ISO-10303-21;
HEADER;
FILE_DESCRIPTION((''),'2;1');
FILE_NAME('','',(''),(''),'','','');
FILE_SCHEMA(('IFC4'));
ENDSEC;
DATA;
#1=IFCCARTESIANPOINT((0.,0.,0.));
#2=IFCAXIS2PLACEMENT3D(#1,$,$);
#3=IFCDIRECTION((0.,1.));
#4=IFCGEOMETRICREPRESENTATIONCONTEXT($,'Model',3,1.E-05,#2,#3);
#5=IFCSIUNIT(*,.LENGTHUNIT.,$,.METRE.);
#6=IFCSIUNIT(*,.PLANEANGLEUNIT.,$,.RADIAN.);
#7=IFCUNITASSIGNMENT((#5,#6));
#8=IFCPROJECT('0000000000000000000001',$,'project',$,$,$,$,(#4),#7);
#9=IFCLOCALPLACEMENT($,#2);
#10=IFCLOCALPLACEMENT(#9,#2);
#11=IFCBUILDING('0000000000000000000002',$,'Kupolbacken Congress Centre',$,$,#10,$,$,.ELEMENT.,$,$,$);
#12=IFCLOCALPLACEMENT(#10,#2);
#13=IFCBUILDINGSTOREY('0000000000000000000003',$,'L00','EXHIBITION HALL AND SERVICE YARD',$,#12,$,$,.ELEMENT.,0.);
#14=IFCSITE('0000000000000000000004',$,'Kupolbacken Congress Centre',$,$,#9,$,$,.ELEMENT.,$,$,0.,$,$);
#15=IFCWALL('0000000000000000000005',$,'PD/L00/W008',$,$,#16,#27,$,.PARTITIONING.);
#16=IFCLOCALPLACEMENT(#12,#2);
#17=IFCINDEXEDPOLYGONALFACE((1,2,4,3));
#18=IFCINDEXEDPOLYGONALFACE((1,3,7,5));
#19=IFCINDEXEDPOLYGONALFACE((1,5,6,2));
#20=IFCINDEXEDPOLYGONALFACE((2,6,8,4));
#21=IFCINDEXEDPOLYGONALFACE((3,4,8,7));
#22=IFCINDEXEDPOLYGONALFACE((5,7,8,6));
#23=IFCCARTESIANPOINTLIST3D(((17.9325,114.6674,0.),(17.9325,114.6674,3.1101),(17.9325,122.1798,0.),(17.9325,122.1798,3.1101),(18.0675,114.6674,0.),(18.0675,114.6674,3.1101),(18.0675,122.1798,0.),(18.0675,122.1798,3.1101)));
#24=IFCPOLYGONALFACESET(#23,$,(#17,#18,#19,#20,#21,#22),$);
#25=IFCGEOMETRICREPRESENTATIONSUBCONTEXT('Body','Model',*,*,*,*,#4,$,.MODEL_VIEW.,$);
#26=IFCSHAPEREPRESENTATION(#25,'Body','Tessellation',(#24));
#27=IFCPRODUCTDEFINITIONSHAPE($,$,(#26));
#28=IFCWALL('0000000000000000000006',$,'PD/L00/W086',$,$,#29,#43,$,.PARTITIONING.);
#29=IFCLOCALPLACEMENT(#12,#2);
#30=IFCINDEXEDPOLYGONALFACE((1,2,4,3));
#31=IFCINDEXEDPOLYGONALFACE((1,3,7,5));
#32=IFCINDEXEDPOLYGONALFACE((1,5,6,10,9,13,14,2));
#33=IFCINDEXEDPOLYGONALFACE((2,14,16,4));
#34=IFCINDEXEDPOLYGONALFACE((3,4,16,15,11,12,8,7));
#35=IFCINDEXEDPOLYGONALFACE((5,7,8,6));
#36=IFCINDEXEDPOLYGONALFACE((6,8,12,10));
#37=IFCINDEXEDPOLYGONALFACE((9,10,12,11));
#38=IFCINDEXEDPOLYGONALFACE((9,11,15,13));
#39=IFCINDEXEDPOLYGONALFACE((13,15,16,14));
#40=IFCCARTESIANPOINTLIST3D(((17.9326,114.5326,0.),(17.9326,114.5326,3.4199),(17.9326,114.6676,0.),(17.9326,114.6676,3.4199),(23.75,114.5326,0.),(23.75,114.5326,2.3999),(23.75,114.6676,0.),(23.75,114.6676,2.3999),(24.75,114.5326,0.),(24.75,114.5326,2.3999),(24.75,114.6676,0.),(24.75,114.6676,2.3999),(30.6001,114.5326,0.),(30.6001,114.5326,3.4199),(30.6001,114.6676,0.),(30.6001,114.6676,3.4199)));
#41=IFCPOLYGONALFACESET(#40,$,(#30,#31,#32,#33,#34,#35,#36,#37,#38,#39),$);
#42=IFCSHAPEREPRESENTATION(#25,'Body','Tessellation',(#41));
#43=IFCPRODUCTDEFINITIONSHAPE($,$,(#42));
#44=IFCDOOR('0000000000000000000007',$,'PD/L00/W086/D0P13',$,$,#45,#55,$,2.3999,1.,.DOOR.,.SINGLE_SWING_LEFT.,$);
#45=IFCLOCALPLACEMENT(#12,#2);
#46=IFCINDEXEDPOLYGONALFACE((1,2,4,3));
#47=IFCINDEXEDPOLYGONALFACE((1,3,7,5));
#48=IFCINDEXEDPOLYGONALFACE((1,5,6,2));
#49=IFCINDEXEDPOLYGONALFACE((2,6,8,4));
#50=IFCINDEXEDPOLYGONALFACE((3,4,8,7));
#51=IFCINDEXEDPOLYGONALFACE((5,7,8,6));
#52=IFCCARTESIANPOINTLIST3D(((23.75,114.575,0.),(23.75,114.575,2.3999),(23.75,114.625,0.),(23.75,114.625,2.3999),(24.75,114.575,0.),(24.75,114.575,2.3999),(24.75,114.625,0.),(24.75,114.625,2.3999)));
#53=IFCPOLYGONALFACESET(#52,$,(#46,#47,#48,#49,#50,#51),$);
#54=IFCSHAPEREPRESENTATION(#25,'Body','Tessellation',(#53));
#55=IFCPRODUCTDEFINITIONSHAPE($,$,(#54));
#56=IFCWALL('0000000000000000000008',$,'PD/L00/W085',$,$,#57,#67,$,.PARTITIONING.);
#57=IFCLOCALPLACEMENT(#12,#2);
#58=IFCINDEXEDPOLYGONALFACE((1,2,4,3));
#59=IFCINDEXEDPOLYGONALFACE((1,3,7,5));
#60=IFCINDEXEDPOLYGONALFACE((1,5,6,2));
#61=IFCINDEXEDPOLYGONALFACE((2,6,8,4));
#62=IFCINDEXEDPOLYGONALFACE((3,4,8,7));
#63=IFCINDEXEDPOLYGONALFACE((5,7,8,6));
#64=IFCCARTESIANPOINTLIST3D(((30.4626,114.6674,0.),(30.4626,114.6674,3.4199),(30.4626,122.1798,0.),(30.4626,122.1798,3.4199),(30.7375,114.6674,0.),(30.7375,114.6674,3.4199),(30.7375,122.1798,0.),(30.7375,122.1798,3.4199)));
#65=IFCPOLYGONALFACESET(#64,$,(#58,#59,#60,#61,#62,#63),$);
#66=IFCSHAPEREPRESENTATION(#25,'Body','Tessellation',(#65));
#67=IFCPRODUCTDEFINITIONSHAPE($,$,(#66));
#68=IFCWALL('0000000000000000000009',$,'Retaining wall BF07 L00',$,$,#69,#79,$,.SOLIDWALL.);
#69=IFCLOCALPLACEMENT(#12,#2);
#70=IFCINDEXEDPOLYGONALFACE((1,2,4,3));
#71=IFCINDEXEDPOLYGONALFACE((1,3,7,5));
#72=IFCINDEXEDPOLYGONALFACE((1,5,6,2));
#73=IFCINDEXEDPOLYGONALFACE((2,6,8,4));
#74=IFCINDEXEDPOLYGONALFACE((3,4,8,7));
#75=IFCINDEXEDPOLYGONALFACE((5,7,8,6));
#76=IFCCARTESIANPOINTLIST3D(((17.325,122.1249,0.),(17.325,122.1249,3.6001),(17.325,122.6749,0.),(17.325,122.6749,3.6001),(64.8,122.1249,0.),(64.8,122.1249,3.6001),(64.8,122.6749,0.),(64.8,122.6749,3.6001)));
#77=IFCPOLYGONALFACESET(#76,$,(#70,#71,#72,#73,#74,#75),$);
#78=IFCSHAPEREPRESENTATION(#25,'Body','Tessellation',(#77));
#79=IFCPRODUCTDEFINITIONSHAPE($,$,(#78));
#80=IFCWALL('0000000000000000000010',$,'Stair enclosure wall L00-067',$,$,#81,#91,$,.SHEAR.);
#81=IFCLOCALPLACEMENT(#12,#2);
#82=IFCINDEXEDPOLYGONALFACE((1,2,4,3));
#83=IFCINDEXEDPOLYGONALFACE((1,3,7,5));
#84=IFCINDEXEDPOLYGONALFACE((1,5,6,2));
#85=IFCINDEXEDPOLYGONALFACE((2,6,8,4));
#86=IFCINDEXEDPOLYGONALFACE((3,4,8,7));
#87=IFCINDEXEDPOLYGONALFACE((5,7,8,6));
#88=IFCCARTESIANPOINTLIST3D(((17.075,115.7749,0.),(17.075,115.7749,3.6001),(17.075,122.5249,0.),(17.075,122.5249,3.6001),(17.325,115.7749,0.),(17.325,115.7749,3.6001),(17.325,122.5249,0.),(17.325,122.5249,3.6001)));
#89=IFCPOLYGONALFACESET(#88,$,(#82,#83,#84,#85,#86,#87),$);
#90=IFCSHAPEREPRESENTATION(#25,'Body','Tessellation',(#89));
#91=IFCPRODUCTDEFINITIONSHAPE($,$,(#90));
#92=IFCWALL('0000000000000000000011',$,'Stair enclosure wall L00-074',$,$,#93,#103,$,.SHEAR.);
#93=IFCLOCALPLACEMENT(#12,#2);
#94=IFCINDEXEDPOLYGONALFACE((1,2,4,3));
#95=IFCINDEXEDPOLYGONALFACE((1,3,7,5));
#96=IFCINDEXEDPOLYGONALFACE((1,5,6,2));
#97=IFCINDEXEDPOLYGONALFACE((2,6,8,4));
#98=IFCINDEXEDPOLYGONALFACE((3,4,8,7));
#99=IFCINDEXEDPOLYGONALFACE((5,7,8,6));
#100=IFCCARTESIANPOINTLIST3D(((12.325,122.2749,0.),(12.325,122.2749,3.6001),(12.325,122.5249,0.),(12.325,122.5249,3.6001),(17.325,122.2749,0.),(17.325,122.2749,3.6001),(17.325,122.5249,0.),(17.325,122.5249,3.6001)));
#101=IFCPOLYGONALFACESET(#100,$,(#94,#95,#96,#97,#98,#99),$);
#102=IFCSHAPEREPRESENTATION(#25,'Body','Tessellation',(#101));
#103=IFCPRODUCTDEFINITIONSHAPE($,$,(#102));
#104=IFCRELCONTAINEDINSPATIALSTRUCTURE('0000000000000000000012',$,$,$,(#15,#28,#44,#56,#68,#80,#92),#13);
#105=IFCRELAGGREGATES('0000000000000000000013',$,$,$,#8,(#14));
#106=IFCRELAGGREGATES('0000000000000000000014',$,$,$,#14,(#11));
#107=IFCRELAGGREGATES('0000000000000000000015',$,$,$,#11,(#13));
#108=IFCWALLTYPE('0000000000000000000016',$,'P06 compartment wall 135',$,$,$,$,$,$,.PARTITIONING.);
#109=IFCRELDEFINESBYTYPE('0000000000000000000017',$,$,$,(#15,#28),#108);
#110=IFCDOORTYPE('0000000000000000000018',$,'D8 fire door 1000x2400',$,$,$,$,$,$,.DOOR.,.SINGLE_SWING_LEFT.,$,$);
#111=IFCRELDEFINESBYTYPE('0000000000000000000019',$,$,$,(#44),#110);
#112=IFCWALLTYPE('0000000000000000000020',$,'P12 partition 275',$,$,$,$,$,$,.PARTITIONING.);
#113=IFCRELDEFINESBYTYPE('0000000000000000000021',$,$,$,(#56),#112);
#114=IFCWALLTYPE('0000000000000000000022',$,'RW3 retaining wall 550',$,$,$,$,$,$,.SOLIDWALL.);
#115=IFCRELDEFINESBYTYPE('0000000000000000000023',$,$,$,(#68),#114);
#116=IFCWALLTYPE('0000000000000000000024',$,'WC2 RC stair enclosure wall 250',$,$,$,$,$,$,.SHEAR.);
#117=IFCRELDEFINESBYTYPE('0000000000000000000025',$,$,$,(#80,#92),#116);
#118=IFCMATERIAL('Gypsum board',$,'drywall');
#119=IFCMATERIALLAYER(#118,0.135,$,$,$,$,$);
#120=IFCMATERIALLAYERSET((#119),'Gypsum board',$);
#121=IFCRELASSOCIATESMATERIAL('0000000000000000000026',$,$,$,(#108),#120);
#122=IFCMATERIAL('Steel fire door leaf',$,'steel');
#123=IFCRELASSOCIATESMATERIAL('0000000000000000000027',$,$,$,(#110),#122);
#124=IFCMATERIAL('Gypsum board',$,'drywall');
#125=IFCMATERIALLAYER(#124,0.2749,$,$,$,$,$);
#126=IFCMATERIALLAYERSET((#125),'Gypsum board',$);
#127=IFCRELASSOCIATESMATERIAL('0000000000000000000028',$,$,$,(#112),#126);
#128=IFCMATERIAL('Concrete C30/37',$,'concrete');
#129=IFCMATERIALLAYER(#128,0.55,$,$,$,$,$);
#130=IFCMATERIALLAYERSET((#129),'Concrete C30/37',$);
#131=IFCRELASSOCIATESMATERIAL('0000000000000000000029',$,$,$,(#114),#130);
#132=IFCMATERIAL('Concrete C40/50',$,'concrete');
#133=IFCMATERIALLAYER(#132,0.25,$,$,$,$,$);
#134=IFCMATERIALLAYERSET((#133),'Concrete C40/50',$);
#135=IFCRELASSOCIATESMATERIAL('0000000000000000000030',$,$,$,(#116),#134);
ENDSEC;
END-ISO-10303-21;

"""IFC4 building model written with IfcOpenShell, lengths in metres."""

from ifc_helpers import new_model, si_unit, direction, frame, frame_2d, origin, place, context, subcontext, project, spatial, rectangle, extrude, material, layer, layer_set, type_object, element, fill, save


model = new_model("IFC4")

# Units and contexts
model_context = context("Model", 3, precision=1e-05, world=origin(), true_north=direction((0.0, 1.0)))
body_context = subcontext(model_context, "Body", "Model", "MODEL_VIEW")
ifc_project = project(units=[si_unit("LENGTHUNIT", "METRE"), si_unit("PLANEANGLEUNIT", "RADIAN")], contexts=[model_context])

# Site, building, storey
site_placement = place(None, origin())
site = spatial("IfcSite", under=ifc_project, at=site_placement, Name="Kupolbacken Congress Centre", CompositionType="ELEMENT", RefElevation=0.0)
building_placement = place(site_placement, origin())
building = spatial("IfcBuilding", under=site, at=building_placement, Name="Kupolbacken Congress Centre", CompositionType="ELEMENT")
storey_placement = place(building_placement, origin())
storey = spatial("IfcBuildingStorey", under=building, at=storey_placement, Name="L00", Description="EXHIBITION HALL AND SERVICE YARD", CompositionType="ELEMENT", Elevation=0.0)

# Wall
ifc_material_1 = material(Name="Gypsum board", Category="drywall")
ifc_layer_1 = layer(ifc_material_1, 0.135)
ifc_layer_set_1 = layer_set([ifc_layer_1], Name="Gypsum board")
wall_type_1 = type_object("IfcWallType", Name="P06 compartment wall 135", PredefinedType="PARTITIONING", material=ifc_layer_set_1)
wall_1_placement = place(storey_placement, frame((18.0, 122.1799, 0.0), z_axis=(0.0, 0.0, 1.0), x_axis=(0.0, -1.0, 0.0)))
element("IfcWall", 1, at=wall_1_placement, inside=storey, type_object=wall_type_1, Name="PD/L00/W008", PredefinedType="PARTITIONING", context=body_context, shape_type="SweptSolid", body=[
    extrude(rectangle(XDim=7.5125, YDim=0.135, at=frame_2d((3.7563, 0.0))), origin(), (0.0, 0.0, 1.0), 3.1101),
])

# Wall, opening, door
wall_2_placement = place(storey_placement, frame((30.6001, 114.6001, 0.0), z_axis=(0.0, 0.0, 1.0), x_axis=(-1.0, 0.0, 0.0)))
wall_2 = element("IfcWall", 2, at=wall_2_placement, inside=storey, type_object=wall_type_1, Name="PD/L00/W086", PredefinedType="PARTITIONING", context=body_context, shape_type="SweptSolid", body=[
    extrude(rectangle(XDim=12.6675, YDim=0.135, at=frame_2d((6.3337, 0.0))), origin(), (0.0, 0.0, 1.0), 3.4199),
])
opening_placement = place(wall_2_placement, frame((5.8501, 0.0, 0.0)))
opening = element("IfcOpeningElement", 3, at=opening_placement, cuts=wall_2, PredefinedType="OPENING", context=body_context, shape_type="SweptSolid", body=[
    extrude(rectangle(XDim=1.0, YDim=2.3999, at=frame_2d((0.5, 1.2))), frame((0.0, 0.0774, 0.0), z_axis=(0.0, -1.0, 0.0), x_axis=(1.0, 0.0, 0.0)), (0.0, 0.0, 1.0), 0.155),
])
ifc_material_2 = material(Name="Steel fire door leaf", Category="steel")
door_type = type_object("IfcDoorType", Name="D8 fire door 1000x2400", OperationType="SINGLE_SWING_LEFT", PredefinedType="DOOR", material=ifc_material_2)
door_placement = place(opening_placement, frame((1.0, 0.0, 0.0), z_axis=(0.0, 0.0, 1.0), x_axis=(-1.0, 0.0, 0.0)))
door = element("IfcDoor", 4, at=door_placement, inside=storey, type_object=door_type, Name="PD/L00/W086/D0P13", OperationType="SINGLE_SWING_LEFT", OverallHeight=2.3999, OverallWidth=1.0, PredefinedType="DOOR", context=body_context, shape_type="SweptSolid", body=[
    extrude(rectangle(XDim=1.0, YDim=2.3999, at=frame_2d((0.5, 1.2))), frame((0.0, 0.0249, 0.0), z_axis=(0.0, -1.0, 0.0), x_axis=(1.0, 0.0, 0.0)), (0.0, 0.0, 1.0), 0.05),
])
fill(opening, door)

# Walls
ifc_material_3 = material(Name="Gypsum board", Category="drywall")
ifc_layer_2 = layer(ifc_material_3, 0.2749)
ifc_layer_set_2 = layer_set([ifc_layer_2], Name="Gypsum board")
wall_type_2 = type_object("IfcWallType", Name="P12 partition 275", PredefinedType="PARTITIONING", material=ifc_layer_set_2)
wall_3_placement = place(storey_placement, frame((30.6001, 122.1799, 0.0), z_axis=(0.0, 0.0, 1.0), x_axis=(0.0, -1.0, 0.0)))
element("IfcWall", 5, at=wall_3_placement, inside=storey, type_object=wall_type_2, Name="PD/L00/W085", PredefinedType="PARTITIONING", context=body_context, shape_type="SweptSolid", body=[
    extrude(rectangle(XDim=7.5125, YDim=0.2749, at=frame_2d((3.7563, 0.0))), origin(), (0.0, 0.0, 1.0), 3.4199),
])
ifc_material_4 = material(Name="Concrete C30/37", Category="concrete")
ifc_layer_3 = layer(ifc_material_4, 0.55)
ifc_layer_set_3 = layer_set([ifc_layer_3], Name="Concrete C30/37")
wall_type_3 = type_object("IfcWallType", Name="RW3 retaining wall 550", PredefinedType="SOLIDWALL", material=ifc_layer_set_3)
wall_4_placement = place(storey_placement, frame((17.325, 122.3999, 0.0), z_axis=(0.0, 0.0, 1.0), x_axis=(1.0, 0.0, 0.0)))
element("IfcWall", 6, at=wall_4_placement, inside=storey, type_object=wall_type_3, Name="Retaining wall BF07 L00", PredefinedType="SOLIDWALL", context=body_context, shape_type="SweptSolid", body=[
    extrude(rectangle(XDim=47.4751, YDim=0.55, at=frame_2d((23.7375, 0.0))), origin(), (0.0, 0.0, 1.0), 3.6001),
])
ifc_material_5 = material(Name="Concrete C40/50", Category="concrete")
ifc_layer_4 = layer(ifc_material_5, 0.25)
ifc_layer_set_4 = layer_set([ifc_layer_4], Name="Concrete C40/50")
wall_type_4 = type_object("IfcWallType", Name="WC2 RC stair enclosure wall 250", PredefinedType="SHEAR", material=ifc_layer_set_4)
wall_5_placement = place(storey_placement, frame((17.2, 115.7749, 0.0), z_axis=(0.0, 0.0, 1.0), x_axis=(0.0, 1.0, 0.0)))
element("IfcWall", 7, at=wall_5_placement, inside=storey, type_object=wall_type_4, Name="Stair enclosure wall L00-067", PredefinedType="SHEAR", context=body_context, shape_type="SweptSolid", body=[
    extrude(rectangle(XDim=6.75, YDim=0.25, at=frame_2d((3.375, 0.0))), origin(), (0.0, 0.0, 1.0), 3.6001),
])
wall_6_placement = place(storey_placement, frame((17.325, 122.3999, 0.0), z_axis=(0.0, 0.0, 1.0), x_axis=(-1.0, 0.0, 0.0)))
element("IfcWall", 8, at=wall_6_placement, inside=storey, type_object=wall_type_4, Name="Stair enclosure wall L00-074", PredefinedType="SHEAR", context=body_context, shape_type="SweptSolid", body=[
    extrude(rectangle(XDim=5.0, YDim=0.25, at=frame_2d((2.5, 0.0))), origin(), (0.0, 0.0, 1.0), 3.6001),
])

save(model, "model.ifc")
